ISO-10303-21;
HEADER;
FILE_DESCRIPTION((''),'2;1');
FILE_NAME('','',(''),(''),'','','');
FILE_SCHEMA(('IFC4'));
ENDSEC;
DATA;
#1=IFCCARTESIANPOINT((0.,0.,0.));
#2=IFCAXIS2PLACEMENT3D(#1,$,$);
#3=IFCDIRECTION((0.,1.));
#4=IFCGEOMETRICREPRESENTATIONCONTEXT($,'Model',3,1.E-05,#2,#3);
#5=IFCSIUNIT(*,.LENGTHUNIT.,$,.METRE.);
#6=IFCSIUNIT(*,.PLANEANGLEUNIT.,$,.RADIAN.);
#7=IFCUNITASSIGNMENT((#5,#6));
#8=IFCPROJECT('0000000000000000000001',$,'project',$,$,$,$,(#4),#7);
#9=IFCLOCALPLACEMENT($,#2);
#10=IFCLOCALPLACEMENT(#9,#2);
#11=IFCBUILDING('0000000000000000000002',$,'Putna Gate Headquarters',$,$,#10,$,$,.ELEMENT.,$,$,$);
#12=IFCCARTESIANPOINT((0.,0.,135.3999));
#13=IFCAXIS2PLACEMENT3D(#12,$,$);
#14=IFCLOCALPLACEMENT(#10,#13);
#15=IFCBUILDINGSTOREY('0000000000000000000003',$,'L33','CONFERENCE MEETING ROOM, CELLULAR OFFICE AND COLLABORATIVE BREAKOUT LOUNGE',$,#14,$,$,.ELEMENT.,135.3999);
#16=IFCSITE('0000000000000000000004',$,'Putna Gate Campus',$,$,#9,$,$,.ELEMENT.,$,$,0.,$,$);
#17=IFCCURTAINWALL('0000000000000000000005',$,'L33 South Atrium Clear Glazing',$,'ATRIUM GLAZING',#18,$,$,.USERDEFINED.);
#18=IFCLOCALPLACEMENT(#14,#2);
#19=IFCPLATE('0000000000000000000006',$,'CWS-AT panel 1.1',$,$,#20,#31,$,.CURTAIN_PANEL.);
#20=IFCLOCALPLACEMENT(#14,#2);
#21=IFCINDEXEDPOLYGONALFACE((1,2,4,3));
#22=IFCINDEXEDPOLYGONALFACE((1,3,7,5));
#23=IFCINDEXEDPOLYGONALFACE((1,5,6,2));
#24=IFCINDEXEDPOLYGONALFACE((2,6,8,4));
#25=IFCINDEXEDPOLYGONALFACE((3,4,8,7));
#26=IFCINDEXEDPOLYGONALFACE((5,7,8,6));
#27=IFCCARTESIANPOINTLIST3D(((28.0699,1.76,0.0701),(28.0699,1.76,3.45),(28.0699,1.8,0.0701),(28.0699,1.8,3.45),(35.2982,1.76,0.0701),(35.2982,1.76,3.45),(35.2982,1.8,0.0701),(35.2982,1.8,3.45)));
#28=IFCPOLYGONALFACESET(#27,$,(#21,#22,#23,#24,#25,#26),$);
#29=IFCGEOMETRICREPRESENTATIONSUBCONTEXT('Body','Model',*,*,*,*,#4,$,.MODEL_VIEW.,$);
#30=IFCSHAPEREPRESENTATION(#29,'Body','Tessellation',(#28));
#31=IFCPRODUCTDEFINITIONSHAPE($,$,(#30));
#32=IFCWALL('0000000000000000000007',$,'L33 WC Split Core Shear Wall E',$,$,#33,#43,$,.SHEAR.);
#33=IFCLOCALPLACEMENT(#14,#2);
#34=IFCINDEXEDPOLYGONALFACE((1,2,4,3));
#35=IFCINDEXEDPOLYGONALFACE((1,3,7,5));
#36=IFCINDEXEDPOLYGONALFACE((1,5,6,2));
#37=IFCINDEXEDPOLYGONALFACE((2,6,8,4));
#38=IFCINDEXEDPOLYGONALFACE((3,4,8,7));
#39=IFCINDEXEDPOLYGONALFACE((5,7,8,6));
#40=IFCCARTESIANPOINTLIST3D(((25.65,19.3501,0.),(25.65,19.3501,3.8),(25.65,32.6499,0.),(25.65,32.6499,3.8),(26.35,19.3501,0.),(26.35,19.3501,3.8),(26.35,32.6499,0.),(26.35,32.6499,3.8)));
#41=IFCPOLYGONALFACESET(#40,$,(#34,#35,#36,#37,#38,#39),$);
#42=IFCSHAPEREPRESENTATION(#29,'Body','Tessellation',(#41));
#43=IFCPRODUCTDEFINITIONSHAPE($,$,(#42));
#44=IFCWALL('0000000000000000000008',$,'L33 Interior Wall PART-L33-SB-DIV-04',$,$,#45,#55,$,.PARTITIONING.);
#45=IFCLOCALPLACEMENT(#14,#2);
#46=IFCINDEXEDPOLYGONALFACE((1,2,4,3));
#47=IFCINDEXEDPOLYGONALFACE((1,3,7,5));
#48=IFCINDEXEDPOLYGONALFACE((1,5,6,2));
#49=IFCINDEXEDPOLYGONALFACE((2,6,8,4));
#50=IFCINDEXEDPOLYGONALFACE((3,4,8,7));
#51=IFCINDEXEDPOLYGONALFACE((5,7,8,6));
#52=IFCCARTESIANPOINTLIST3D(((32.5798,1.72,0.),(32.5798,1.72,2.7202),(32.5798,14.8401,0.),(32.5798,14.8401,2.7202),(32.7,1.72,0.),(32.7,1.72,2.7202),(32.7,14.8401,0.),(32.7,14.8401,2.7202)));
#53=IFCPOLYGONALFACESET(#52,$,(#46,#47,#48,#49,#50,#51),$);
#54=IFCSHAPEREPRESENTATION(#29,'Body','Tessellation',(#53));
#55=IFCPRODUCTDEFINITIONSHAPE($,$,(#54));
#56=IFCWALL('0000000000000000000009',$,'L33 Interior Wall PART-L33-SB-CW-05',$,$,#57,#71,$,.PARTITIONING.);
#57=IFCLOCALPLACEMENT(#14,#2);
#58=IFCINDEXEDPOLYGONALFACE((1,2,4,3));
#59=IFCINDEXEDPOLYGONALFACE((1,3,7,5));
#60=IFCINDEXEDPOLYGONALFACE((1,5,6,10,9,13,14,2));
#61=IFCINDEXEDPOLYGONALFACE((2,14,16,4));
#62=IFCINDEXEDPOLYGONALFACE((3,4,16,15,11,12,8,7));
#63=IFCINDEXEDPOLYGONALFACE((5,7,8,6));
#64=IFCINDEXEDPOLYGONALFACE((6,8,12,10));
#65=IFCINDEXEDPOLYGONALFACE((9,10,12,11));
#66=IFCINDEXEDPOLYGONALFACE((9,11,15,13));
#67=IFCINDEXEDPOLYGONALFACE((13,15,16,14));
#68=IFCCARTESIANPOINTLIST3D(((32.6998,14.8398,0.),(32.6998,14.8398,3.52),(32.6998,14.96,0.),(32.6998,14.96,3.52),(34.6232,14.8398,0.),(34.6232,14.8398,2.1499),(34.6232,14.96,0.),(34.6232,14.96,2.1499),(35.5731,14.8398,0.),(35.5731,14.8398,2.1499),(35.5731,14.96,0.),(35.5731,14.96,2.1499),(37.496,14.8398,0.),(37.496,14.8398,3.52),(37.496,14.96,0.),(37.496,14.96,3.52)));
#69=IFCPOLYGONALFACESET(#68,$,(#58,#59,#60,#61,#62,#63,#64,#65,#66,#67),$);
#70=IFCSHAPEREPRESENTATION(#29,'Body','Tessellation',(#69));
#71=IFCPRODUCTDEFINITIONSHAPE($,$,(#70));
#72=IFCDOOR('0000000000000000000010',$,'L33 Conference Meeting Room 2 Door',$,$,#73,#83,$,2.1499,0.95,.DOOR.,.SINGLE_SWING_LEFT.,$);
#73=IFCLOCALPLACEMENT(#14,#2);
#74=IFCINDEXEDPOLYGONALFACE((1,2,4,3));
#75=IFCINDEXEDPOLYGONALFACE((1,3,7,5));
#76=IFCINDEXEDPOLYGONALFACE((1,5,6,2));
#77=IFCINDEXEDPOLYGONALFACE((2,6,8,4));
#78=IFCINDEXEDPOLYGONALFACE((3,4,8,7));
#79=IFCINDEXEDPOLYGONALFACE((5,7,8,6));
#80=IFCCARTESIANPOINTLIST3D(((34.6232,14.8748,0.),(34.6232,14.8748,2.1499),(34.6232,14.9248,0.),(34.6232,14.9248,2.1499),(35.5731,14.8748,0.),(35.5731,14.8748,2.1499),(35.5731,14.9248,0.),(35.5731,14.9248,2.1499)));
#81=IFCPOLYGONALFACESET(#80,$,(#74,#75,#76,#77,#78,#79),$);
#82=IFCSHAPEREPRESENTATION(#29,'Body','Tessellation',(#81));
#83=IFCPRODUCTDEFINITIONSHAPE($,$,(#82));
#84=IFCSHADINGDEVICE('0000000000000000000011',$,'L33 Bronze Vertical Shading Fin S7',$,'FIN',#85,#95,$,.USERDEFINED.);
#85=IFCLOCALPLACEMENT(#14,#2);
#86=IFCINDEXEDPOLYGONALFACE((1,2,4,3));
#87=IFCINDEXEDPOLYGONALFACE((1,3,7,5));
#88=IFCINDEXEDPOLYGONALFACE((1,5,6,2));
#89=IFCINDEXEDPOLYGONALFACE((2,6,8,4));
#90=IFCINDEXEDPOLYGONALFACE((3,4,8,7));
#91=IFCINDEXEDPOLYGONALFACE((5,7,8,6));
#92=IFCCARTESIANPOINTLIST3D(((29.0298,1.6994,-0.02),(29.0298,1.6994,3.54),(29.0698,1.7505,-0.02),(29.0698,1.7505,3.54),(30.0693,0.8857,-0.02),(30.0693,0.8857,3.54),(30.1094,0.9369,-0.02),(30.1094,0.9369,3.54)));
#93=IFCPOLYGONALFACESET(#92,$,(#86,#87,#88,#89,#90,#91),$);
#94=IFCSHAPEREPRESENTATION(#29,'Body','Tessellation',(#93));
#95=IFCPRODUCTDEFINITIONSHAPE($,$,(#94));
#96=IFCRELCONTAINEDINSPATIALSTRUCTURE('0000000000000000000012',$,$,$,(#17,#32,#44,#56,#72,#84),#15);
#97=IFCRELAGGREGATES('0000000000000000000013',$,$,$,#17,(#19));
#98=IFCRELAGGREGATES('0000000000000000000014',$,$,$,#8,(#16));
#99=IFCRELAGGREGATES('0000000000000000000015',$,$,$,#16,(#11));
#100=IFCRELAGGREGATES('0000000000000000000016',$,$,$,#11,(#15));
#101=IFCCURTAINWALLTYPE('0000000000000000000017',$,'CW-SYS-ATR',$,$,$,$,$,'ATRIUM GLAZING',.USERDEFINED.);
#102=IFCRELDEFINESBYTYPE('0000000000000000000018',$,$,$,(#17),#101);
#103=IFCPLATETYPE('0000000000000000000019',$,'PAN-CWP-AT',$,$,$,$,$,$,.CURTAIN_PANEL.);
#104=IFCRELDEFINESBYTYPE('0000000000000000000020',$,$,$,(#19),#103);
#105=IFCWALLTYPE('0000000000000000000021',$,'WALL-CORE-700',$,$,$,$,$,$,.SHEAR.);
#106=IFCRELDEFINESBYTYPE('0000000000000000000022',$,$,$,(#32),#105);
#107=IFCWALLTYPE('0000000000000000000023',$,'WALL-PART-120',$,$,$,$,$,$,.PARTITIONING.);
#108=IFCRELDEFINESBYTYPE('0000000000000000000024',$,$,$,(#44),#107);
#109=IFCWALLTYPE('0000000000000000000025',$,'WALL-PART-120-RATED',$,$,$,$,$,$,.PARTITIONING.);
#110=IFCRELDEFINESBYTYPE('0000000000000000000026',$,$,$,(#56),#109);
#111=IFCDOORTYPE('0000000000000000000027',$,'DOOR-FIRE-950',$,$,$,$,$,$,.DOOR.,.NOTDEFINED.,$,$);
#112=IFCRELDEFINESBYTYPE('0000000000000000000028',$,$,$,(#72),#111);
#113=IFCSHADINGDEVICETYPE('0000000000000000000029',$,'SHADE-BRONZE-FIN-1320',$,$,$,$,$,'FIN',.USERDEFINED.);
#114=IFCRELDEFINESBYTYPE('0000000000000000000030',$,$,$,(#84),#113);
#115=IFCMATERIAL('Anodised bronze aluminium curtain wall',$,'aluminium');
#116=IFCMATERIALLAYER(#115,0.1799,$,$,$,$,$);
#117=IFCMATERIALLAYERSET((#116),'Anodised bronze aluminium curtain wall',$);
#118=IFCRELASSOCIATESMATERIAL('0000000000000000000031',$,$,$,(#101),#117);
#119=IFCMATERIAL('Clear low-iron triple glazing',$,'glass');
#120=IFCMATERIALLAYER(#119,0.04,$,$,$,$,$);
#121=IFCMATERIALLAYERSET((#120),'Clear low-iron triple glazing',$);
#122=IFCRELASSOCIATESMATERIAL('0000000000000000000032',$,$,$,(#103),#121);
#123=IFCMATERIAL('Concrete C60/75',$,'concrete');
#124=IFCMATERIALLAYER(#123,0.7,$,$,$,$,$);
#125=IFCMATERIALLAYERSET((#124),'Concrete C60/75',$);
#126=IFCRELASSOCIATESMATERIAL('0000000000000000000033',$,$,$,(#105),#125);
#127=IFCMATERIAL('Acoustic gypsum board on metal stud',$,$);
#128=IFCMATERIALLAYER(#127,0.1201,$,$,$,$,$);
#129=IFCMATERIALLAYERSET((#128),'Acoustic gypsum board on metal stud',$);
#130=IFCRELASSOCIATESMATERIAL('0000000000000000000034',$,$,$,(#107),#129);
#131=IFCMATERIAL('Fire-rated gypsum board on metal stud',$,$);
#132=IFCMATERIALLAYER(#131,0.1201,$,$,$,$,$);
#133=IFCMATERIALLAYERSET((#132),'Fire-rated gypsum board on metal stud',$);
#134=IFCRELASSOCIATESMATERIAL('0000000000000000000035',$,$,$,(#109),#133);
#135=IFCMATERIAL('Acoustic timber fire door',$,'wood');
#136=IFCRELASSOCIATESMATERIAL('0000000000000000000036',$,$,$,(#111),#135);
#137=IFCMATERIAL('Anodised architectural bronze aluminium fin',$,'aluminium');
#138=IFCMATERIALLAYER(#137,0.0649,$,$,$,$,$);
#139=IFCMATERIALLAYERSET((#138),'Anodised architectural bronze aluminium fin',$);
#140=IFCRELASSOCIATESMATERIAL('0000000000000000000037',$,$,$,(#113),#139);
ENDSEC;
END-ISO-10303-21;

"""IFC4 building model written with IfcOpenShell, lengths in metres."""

from ifc_helpers import new_model, si_unit, direction, frame, frame_2d, origin, origin_2d, place, context, subcontext, project, spatial, rectangle, extrude, material, layer, layer_set, type_object, element, fill, aggregate, save


model = new_model("IFC4")

# Units and contexts
model_context = context("Model", 3, precision=1e-05, world=origin(), true_north=direction((0.0, 1.0)))
body_context = subcontext(model_context, "Body", "Model", "MODEL_VIEW")
ifc_project = project(units=[si_unit("LENGTHUNIT", "METRE"), si_unit("PLANEANGLEUNIT", "RADIAN")], contexts=[model_context])

# Site, building, storey
site_placement = place(None, origin())
site = spatial("IfcSite", under=ifc_project, at=site_placement, Name="Putna Gate Campus", CompositionType="ELEMENT", RefElevation=0.0)
building_placement = place(site_placement, origin())
building = spatial("IfcBuilding", under=site, at=building_placement, Name="Putna Gate Headquarters", CompositionType="ELEMENT")
storey_placement = place(building_placement, frame((0.0, 0.0, 135.3999)))
storey = spatial("IfcBuildingStorey", under=building, at=storey_placement, Name="L33", Description="CONFERENCE MEETING ROOM, CELLULAR OFFICE AND COLLABORATIVE BREAKOUT LOUNGE", CompositionType="ELEMENT", Elevation=135.3999)

# Shared definitions
ifc_material_1 = material(Name="Concrete C60/75", Category="concrete")

# Shared definitions
ifc_material_2 = material(Name="Anodised bronze aluminium curtain wall", Category="aluminium")

# Curtain wall, plate
ifc_layer_1 = layer(ifc_material_2, 0.1799)
ifc_layer_set_1 = layer_set([ifc_layer_1], Name="Anodised bronze aluminium curtain wall")
curtain_wall_type_1 = type_object("IfcCurtainWallType", Name="CW-SYS-ATR", ElementType="ATRIUM GLAZING", PredefinedType="USERDEFINED", material=ifc_layer_set_1)
curtain_wall_1_placement = place(storey_placement, origin())
curtain_wall_1 = element("IfcCurtainWall", 1, at=curtain_wall_1_placement, inside=storey, type_object=curtain_wall_type_1, Name="L33 South Atrium Clear Glazing", ObjectType="ATRIUM GLAZING", PredefinedType="USERDEFINED")
ifc_material_3 = material(Name="Clear low-iron triple glazing", Category="glass")
ifc_layer_2 = layer(ifc_material_3, 0.04)
ifc_layer_set_2 = layer_set([ifc_layer_2], Name="Clear low-iron triple glazing")
plate_type = type_object("IfcPlateType", Name="PAN-CWP-AT", PredefinedType="CURTAIN_PANEL", material=ifc_layer_set_2)
plate_placement = place(storey_placement, frame((31.6841, 1.78, 0.0701), z_axis=(0.0, 0.0, 1.0), x_axis=(1.0, 0.0, 0.0)))
plate = element("IfcPlate", 2, at=plate_placement, type_object=plate_type, Name="CWS-AT panel 1.1", PredefinedType="CURTAIN_PANEL", context=body_context, shape_type="SweptSolid", body=[
    extrude(rectangle(XDim=7.2283, YDim=0.04, at=origin_2d()), origin(), (0.0, 0.0, 1.0), 3.3799),
])
aggregate(curtain_wall_1, [plate])

# Walls
ifc_layer_3 = layer(ifc_material_1, 0.7)
ifc_layer_set_3 = layer_set([ifc_layer_3], Name="Concrete C60/75")
wall_type_1 = type_object("IfcWallType", Name="WALL-CORE-700", PredefinedType="SHEAR", material=ifc_layer_set_3)
wall_1_placement = place(storey_placement, frame((26.0, 19.3501, 0.0), z_axis=(0.0, 0.0, 1.0), x_axis=(0.0, 1.0, 0.0)))
element("IfcWall", 3, at=wall_1_placement, inside=storey, type_object=wall_type_1, Name="L33 WC Split Core Shear Wall E", PredefinedType="SHEAR", context=body_context, shape_type="SweptSolid", body=[
    extrude(rectangle(XDim=13.2998, YDim=0.7, at=frame_2d((6.6499, 0.0))), origin(), (0.0, 0.0, 1.0), 3.8),
])
ifc_material_4 = material(Name="Acoustic gypsum board on metal stud")
ifc_layer_4 = layer(ifc_material_4, 0.1201)
ifc_layer_set_4 = layer_set([ifc_layer_4], Name="Acoustic gypsum board on metal stud")
wall_type_2 = type_object("IfcWallType", Name="WALL-PART-120", PredefinedType="PARTITIONING", material=ifc_layer_set_4)
wall_2_placement = place(storey_placement, frame((32.6399, 1.72, 0.0), z_axis=(0.0, 0.0, 1.0), x_axis=(0.0, 1.0, 0.0)))
element("IfcWall", 4, at=wall_2_placement, inside=storey, type_object=wall_type_2, Name="L33 Interior Wall PART-L33-SB-DIV-04", PredefinedType="PARTITIONING", context=body_context, shape_type="SweptSolid", body=[
    extrude(rectangle(XDim=13.1201, YDim=0.1201, at=frame_2d((6.5601, 0.0))), origin(), (0.0, 0.0, 1.0), 2.7202),
])

# Wall, opening, door
ifc_material_5 = material(Name="Fire-rated gypsum board on metal stud")
ifc_layer_5 = layer(ifc_material_5, 0.1201)
ifc_layer_set_5 = layer_set([ifc_layer_5], Name="Fire-rated gypsum board on metal stud")
wall_type_3 = type_object("IfcWallType", Name="WALL-PART-120-RATED", PredefinedType="PARTITIONING", material=ifc_layer_set_5)
wall_3_placement = place(storey_placement, frame((32.7, 14.8999, 0.0), z_axis=(0.0, 0.0, 1.0), x_axis=(1.0, 0.0, 0.0)))
wall_3 = element("IfcWall", 5, at=wall_3_placement, inside=storey, type_object=wall_type_3, Name="L33 Interior Wall PART-L33-SB-CW-05", PredefinedType="PARTITIONING", context=body_context, shape_type="SweptSolid", body=[
    extrude(rectangle(XDim=4.7961, YDim=0.1201, at=frame_2d((2.3979, 0.0))), origin(), (0.0, 0.0, 1.0), 3.52),
])
opening_placement = place(wall_3_placement, frame((1.9231, 0.0, 0.0)))
opening = element("IfcOpeningElement", 6, at=opening_placement, cuts=wall_3, PredefinedType="OPENING", context=body_context, shape_type="SweptSolid", body=[
    extrude(rectangle(XDim=0.95, YDim=2.1499, at=frame_2d((0.4751, 1.075))), frame((0.0, 0.0701, 0.0), z_axis=(0.0, -1.0, 0.0), x_axis=(1.0, 0.0, 0.0)), (0.0, 0.0, 1.0), 0.1401),
])
ifc_material_6 = material(Name="Acoustic timber fire door", Category="wood")
door_type = type_object("IfcDoorType", Name="DOOR-FIRE-950", OperationType="NOTDEFINED", PredefinedType="DOOR", material=ifc_material_6)
door_placement = place(opening_placement, origin())
door = element("IfcDoor", 7, at=door_placement, inside=storey, type_object=door_type, Name="L33 Conference Meeting Room 2 Door", OperationType="SINGLE_SWING_LEFT", OverallHeight=2.1499, OverallWidth=0.95, PredefinedType="DOOR", context=body_context, shape_type="SweptSolid", body=[
    extrude(rectangle(XDim=0.95, YDim=2.1499, at=frame_2d((0.4751, 1.075))), frame((0.0, 0.0249, 0.0), z_axis=(0.0, -1.0, 0.0), x_axis=(1.0, 0.0, 0.0)), (0.0, 0.0, 1.0), 0.05),
])
fill(opening, door)

# Shading device
ifc_material_7 = material(Name="Anodised architectural bronze aluminium fin", Category="aluminium")
ifc_layer_6 = layer(ifc_material_7, 0.0649)
ifc_layer_set_6 = layer_set([ifc_layer_6], Name="Anodised architectural bronze aluminium fin")
shading_device_type = type_object("IfcShadingDeviceType", Name="SHADE-BRONZE-FIN-1320", ElementType="FIN", PredefinedType="USERDEFINED", material=ifc_layer_set_6)
shading_device_placement = place(storey_placement, frame((29.5696, 1.3181, -0.02), z_axis=(0.0, 0.0, 1.0), x_axis=(0.787473, -0.616349, 0.0)))
element("IfcShadingDevice", 8, at=shading_device_placement, inside=storey, type_object=shading_device_type, Name="L33 Bronze Vertical Shading Fin S7", ObjectType="FIN", PredefinedType="USERDEFINED", context=body_context, shape_type="SweptSolid", body=[
    extrude(rectangle(XDim=1.3201, YDim=0.0649, at=origin_2d()), origin(), (0.0, 0.0, 1.0), 3.5601),
])

save(model, "model.ifc")
